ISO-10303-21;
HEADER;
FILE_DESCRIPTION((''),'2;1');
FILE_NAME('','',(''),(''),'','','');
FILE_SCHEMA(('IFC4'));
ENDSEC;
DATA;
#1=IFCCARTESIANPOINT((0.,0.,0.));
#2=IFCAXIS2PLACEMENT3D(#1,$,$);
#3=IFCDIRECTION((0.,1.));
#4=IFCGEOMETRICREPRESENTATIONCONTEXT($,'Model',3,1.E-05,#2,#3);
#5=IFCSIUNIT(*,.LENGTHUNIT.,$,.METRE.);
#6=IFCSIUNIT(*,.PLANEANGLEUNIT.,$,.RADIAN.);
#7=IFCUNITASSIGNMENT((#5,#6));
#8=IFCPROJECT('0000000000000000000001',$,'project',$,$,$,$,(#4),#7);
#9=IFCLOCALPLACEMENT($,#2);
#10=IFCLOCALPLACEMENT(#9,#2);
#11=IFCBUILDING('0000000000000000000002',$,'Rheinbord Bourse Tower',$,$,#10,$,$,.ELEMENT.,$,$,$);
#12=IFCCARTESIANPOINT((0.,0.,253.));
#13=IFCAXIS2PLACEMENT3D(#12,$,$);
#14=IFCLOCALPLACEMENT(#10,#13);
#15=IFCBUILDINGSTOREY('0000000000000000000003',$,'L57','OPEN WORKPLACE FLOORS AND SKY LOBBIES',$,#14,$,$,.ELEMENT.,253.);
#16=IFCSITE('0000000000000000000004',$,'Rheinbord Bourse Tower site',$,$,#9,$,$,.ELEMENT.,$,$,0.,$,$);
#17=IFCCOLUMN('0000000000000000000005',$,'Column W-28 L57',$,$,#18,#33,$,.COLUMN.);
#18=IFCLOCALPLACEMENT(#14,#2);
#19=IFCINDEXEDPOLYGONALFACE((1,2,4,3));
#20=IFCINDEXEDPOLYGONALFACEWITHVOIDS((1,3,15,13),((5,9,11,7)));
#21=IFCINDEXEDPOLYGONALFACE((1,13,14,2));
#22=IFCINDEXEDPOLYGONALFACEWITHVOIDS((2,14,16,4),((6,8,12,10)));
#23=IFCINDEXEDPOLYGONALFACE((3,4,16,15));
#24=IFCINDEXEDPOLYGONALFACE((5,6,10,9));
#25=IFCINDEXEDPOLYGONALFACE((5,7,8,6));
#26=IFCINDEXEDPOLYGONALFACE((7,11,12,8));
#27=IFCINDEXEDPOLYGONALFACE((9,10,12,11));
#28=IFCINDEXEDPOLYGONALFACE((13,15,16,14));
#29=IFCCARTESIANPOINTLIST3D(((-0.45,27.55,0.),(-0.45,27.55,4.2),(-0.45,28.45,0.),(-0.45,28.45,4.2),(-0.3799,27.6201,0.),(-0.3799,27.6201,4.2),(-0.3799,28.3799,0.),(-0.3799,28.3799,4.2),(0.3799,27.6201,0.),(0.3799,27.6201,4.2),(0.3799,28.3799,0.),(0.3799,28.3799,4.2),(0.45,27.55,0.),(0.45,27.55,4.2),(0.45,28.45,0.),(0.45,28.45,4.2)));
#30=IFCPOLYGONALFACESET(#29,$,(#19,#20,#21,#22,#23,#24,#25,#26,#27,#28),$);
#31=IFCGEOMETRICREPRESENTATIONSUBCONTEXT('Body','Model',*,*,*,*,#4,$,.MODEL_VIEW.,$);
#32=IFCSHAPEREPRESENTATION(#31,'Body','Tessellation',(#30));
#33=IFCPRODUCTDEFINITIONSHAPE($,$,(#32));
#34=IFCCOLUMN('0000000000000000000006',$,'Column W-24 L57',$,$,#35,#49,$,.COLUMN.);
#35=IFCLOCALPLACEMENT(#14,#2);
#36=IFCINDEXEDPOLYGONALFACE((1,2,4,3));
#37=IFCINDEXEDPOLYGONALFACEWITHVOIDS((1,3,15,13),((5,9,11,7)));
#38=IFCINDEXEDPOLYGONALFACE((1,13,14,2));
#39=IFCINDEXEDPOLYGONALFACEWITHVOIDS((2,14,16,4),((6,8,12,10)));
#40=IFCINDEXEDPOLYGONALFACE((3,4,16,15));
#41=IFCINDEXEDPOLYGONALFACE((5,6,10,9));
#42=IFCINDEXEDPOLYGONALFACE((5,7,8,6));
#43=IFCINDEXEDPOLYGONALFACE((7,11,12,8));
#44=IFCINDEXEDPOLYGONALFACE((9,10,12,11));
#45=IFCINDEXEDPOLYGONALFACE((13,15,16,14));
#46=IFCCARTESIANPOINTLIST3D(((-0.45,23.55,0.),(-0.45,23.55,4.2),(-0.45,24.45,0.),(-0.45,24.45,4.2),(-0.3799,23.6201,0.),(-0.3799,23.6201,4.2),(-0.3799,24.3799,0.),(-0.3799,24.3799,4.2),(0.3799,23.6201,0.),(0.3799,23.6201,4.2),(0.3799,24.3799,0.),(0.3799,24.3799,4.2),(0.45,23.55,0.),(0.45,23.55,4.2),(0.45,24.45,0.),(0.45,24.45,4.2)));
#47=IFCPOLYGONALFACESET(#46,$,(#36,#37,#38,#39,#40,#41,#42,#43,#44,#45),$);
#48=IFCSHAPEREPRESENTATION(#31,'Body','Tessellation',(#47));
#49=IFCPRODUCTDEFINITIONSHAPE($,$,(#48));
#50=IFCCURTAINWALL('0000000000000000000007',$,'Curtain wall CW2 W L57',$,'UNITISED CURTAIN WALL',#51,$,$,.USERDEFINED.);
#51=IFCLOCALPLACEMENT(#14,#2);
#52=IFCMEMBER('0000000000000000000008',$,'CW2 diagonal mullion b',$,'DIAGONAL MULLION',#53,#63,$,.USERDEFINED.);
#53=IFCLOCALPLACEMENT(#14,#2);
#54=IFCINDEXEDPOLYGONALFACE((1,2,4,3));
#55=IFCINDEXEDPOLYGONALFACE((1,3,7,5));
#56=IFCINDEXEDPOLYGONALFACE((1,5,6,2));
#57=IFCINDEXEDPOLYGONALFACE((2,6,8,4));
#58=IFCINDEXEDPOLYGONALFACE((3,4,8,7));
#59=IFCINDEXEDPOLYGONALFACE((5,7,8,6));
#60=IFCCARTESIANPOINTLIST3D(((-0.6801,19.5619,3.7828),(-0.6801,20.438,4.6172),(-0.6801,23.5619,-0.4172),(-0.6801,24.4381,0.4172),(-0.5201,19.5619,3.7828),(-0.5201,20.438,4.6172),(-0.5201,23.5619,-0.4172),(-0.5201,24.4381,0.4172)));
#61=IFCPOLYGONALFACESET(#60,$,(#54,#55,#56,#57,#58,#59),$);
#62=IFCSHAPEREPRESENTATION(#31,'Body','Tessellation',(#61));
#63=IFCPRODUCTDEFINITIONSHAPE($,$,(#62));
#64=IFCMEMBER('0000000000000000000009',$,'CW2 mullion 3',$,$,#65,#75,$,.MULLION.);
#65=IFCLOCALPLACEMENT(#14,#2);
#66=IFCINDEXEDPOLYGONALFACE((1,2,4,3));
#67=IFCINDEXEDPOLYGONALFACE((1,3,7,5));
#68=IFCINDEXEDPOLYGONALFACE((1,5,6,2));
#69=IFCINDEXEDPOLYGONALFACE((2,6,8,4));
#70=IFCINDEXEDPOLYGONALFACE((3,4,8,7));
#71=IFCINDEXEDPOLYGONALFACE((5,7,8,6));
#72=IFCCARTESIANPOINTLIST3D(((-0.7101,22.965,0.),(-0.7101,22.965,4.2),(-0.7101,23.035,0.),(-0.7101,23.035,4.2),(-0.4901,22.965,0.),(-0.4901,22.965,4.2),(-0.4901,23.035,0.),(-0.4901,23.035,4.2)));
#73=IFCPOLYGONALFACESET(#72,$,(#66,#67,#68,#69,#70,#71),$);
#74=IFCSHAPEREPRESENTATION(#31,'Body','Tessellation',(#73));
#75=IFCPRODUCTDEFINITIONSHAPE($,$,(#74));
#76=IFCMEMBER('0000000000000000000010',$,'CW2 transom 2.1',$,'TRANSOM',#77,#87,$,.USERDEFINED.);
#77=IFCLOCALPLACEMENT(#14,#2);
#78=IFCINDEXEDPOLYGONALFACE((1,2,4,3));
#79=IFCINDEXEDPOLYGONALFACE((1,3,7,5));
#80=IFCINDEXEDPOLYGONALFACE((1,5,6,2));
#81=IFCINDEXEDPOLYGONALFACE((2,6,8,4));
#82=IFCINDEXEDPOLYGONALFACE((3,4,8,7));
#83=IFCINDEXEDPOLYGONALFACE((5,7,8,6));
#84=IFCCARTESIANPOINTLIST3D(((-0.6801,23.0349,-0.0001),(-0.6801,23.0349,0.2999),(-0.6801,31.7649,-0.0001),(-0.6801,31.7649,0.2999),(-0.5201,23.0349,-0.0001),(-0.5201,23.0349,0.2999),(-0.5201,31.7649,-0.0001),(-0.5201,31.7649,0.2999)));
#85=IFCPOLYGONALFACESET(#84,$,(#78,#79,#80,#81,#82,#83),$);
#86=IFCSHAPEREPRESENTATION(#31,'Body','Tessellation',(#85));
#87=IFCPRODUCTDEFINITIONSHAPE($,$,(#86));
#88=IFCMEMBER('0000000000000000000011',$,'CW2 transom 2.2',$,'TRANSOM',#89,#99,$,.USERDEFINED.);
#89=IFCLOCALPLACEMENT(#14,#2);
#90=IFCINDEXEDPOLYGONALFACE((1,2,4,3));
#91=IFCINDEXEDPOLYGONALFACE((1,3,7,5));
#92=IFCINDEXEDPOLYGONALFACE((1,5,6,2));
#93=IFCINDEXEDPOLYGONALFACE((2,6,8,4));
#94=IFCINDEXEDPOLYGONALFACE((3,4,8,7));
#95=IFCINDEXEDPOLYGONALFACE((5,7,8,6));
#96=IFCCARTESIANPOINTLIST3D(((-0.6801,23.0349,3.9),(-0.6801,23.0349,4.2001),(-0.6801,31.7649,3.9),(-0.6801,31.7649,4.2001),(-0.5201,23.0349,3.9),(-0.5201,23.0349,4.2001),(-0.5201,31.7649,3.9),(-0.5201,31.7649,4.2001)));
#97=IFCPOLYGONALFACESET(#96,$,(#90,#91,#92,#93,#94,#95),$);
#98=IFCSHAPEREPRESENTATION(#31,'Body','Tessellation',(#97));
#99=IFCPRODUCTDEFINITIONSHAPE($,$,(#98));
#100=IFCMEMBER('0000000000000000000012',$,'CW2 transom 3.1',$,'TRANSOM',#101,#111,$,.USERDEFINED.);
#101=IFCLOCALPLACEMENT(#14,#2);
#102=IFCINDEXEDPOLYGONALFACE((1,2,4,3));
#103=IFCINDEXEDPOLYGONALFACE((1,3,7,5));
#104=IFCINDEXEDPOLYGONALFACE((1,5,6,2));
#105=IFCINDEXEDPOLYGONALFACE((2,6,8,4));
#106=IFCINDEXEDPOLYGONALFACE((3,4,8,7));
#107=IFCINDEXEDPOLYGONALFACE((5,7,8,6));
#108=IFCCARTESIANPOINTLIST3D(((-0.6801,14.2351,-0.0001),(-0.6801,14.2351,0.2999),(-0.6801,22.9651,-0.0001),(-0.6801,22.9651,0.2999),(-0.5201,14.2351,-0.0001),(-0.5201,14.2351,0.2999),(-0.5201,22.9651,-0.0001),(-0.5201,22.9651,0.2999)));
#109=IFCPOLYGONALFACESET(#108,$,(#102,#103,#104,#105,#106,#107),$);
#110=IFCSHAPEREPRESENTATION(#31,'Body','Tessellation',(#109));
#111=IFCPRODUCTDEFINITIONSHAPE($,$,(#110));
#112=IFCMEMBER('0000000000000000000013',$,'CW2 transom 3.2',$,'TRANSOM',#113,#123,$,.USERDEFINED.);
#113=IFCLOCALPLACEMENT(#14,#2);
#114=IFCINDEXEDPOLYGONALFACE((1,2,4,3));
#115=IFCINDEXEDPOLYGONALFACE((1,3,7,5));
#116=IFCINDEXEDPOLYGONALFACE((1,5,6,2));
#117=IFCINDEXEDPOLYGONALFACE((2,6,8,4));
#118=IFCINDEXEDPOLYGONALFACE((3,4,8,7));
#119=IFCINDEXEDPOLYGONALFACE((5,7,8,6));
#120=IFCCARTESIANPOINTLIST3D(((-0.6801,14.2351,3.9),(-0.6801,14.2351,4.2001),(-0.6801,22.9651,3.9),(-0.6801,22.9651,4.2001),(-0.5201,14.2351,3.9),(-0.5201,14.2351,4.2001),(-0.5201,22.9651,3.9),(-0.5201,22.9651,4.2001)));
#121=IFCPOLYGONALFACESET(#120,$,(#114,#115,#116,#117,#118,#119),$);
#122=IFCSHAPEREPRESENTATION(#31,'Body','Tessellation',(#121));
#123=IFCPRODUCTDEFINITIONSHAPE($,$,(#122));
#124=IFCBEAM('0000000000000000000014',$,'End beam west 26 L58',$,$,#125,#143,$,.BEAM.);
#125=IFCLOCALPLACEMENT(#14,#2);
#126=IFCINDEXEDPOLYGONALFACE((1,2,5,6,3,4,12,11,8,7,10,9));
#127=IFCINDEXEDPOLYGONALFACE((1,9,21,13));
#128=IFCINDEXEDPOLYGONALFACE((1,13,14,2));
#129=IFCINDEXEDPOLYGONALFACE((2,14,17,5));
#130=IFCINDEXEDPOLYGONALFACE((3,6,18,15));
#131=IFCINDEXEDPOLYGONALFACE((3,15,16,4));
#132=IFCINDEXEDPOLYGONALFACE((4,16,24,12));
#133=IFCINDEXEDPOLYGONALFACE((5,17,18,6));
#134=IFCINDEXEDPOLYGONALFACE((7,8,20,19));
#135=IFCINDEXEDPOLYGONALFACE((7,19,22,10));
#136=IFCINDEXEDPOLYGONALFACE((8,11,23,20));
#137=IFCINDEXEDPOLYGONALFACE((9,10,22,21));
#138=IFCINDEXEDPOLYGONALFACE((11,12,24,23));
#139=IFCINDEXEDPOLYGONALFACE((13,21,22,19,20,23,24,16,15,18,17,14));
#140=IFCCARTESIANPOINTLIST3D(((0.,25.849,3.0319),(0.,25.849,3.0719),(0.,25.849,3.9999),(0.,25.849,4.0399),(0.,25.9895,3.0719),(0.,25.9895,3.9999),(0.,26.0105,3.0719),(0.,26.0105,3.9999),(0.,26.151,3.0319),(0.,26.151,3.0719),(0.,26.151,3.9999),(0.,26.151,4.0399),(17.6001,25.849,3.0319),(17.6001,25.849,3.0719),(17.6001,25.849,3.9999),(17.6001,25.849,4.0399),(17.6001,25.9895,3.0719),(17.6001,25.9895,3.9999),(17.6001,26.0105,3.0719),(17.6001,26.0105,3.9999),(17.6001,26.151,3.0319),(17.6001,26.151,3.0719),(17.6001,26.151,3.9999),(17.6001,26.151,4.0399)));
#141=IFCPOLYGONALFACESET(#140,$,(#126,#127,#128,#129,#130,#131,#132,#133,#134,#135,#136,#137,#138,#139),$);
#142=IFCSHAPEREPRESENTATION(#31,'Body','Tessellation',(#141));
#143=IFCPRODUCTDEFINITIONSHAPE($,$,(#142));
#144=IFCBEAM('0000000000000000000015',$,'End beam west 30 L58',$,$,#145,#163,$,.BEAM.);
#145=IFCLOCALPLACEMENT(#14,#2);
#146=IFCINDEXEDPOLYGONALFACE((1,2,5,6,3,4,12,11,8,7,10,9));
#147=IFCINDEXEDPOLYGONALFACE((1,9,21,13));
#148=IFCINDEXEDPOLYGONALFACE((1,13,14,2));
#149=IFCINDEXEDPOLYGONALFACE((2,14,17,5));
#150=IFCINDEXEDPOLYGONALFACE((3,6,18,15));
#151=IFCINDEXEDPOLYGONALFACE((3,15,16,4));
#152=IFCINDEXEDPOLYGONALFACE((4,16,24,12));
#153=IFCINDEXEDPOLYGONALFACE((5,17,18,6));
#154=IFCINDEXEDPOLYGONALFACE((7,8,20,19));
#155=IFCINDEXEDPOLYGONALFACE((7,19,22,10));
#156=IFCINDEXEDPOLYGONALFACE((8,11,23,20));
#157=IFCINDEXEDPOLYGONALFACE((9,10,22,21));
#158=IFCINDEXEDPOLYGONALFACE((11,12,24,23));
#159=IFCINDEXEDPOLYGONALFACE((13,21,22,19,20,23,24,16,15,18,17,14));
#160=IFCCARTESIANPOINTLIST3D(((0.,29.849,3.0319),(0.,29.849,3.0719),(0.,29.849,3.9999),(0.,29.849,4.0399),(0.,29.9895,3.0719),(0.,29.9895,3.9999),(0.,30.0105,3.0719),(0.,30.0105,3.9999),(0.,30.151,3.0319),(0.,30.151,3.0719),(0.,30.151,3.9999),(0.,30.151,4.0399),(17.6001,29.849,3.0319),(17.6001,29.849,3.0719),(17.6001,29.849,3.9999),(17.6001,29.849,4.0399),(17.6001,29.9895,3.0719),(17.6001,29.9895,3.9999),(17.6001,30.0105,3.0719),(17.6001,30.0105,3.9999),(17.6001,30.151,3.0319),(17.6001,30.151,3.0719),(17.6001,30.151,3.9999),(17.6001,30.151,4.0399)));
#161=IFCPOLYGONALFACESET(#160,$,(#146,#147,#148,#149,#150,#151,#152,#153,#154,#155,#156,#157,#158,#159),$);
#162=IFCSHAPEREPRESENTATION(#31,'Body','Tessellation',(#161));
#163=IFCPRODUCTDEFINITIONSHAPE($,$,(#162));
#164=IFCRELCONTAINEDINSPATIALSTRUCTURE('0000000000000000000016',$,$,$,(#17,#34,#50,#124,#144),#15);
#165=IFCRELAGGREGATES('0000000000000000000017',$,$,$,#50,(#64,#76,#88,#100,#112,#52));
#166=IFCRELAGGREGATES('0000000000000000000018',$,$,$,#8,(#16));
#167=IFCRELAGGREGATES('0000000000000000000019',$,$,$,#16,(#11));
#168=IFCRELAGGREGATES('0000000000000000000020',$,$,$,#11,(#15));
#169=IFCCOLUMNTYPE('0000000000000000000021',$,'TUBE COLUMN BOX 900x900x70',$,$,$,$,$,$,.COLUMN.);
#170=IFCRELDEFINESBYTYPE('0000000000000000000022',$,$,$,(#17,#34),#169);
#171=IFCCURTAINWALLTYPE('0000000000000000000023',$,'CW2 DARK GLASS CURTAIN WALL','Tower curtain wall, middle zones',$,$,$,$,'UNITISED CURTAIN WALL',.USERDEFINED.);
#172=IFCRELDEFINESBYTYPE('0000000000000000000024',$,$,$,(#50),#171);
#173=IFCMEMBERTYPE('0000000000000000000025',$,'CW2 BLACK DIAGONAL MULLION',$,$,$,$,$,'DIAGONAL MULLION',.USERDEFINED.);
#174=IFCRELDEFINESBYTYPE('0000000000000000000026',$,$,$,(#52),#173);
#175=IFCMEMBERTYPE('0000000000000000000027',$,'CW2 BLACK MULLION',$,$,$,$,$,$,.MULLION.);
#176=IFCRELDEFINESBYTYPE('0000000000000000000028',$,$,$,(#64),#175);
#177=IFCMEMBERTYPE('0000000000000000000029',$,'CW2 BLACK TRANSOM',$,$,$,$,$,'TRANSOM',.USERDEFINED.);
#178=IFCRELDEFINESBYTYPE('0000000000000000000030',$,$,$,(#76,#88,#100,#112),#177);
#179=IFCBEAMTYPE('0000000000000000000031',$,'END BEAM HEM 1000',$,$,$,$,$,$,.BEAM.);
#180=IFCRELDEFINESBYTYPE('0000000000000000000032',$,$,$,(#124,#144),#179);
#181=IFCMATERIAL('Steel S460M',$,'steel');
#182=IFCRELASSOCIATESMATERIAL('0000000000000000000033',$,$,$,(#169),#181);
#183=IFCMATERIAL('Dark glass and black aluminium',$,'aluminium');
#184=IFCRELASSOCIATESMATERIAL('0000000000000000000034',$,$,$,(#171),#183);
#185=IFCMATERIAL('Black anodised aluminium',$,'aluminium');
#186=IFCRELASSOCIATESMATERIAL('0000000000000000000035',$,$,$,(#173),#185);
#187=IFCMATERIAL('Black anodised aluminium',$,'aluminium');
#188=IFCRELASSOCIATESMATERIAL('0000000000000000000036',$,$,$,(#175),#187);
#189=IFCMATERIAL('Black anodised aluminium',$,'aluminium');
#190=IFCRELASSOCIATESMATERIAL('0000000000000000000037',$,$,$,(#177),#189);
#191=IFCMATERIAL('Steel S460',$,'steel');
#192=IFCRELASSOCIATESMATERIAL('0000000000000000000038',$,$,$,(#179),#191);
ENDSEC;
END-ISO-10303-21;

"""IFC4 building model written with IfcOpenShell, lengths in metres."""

from ifc_helpers import new_model, si_unit, direction, frame, origin, origin_2d, place, context, subcontext, project, spatial, rectangle, hollow_rectangle, i_section, extrude, material, material_profile, profile_set, type_object, element, aggregate, save


model = new_model("IFC4")

# Units and contexts
model_context = context("Model", 3, precision=1e-05, world=origin(), true_north=direction((0.0, 1.0)))
body_context = subcontext(model_context, "Body", "Model", "MODEL_VIEW")
ifc_project = project(units=[si_unit("LENGTHUNIT", "METRE"), si_unit("PLANEANGLEUNIT", "RADIAN")], contexts=[model_context])

# Site, building, storey
site_placement = place(None, origin())
site = spatial("IfcSite", under=ifc_project, at=site_placement, Name="Rheinbord Bourse Tower site", CompositionType="ELEMENT", RefElevation=0.0)
building_placement = place(site_placement, origin())
building = spatial("IfcBuilding", under=site, at=building_placement, Name="Rheinbord Bourse Tower", CompositionType="ELEMENT")
storey_placement = place(building_placement, frame((0.0, 0.0, 253.0)))
storey = spatial("IfcBuildingStorey", under=building, at=storey_placement, Name="L57", Description="OPEN WORKPLACE FLOORS AND SKY LOBBIES", CompositionType="ELEMENT", Elevation=253.0)

# Columns
ifc_material_1 = material(Name="Steel S460M", Category="steel")
ifc_material_profile_1 = material_profile(ifc_material_1, hollow_rectangle(XDim=0.8999, YDim=0.8999, WallThickness=0.0701, at=origin_2d()), Name="BOX 900x900x70")
ifc_profile_set_1 = profile_set([ifc_material_profile_1], Name="Steel S460M")
column_type = type_object("IfcColumnType", Name="TUBE COLUMN BOX 900x900x70", PredefinedType="COLUMN", material=ifc_profile_set_1)
for number, where, z_axis, x_axis, name in (
    (1, (0.0, 28.0, 0.0), (0.0, 0.0, 1.0), (1.0, 0.0, 0.0), "Column W-28 L57"),
    (2, (0.0, 24.0, 0.0), (0.0, 0.0, 1.0), (1.0, 0.0, 0.0), "Column W-24 L57"),
):
    element("IfcColumn", number, at=place(storey_placement, frame(where, z_axis=z_axis, x_axis=x_axis)), inside=storey, type_object=column_type, Name=name, PredefinedType="COLUMN", context=body_context, shape_type="SweptSolid", body=[
        extrude(hollow_rectangle(XDim=0.8999, YDim=0.8999, WallThickness=0.0701, at=origin_2d()), origin(), (0.0, 0.0, 1.0), 4.2),
    ])

# Curtain wall, members
ifc_material_2 = material(Name="Dark glass and black aluminium", Category="aluminium")
curtain_wall_type = type_object("IfcCurtainWallType", Name="CW2 DARK GLASS CURTAIN WALL", Description="Tower curtain wall, middle zones", ElementType="UNITISED CURTAIN WALL", PredefinedType="USERDEFINED", material=ifc_material_2)
curtain_wall_placement = place(storey_placement, origin())
curtain_wall = element("IfcCurtainWall", 3, at=curtain_wall_placement, inside=storey, type_object=curtain_wall_type, Name="Curtain wall CW2 W L57", ObjectType="UNITISED CURTAIN WALL", PredefinedType="USERDEFINED")
ifc_material_3 = material(Name="Black anodised aluminium", Category="aluminium")
ifc_material_profile_2 = material_profile(ifc_material_3, rectangle(XDim=0.1599, YDim=1.21, at=origin_2d()), Name="CW2 DIAGONAL MULLION 1210x160")
ifc_profile_set_2 = profile_set([ifc_material_profile_2], Name="Black anodised aluminium")
member_type_1 = type_object("IfcMemberType", Name="CW2 BLACK DIAGONAL MULLION", ElementType="DIAGONAL MULLION", PredefinedType="USERDEFINED", material=ifc_profile_set_2)
member_1_placement = place(storey_placement, frame((-0.6001, 24.0, 0.0), z_axis=(0.0, -0.689659, 0.724134), x_axis=(1.0, 0.0, 0.0)))
member_1 = element("IfcMember", 4, at=member_1_placement, type_object=member_type_1, Name="CW2 diagonal mullion b", ObjectType="DIAGONAL MULLION", PredefinedType="USERDEFINED", context=body_context, shape_type="SweptSolid", body=[
    extrude(rectangle(XDim=0.1599, YDim=1.21, at=origin_2d()), origin(), (0.0, 0.0, 1.0), 5.8),
])
ifc_material_4 = material(Name="Black anodised aluminium", Category="aluminium")
ifc_material_profile_3 = material_profile(ifc_material_4, rectangle(XDim=0.22, YDim=0.0701, at=origin_2d()), Name="CW2 MULLION 70x220")
ifc_profile_set_3 = profile_set([ifc_material_profile_3], Name="Black anodised aluminium")
member_type_2 = type_object("IfcMemberType", Name="CW2 BLACK MULLION", PredefinedType="MULLION", material=ifc_profile_set_3)
member_2_placement = place(storey_placement, frame((-0.6001, 23.0, 0.0), z_axis=(0.0, 0.0, 1.0), x_axis=(1.0, 0.0, 0.0)))
member_2 = element("IfcMember", 5, at=member_2_placement, type_object=member_type_2, Name="CW2 mullion 3", PredefinedType="MULLION", context=body_context, shape_type="SweptSolid", body=[
    extrude(rectangle(XDim=0.22, YDim=0.0701, at=origin_2d()), origin(), (0.0, 0.0, 1.0), 4.2),
])
ifc_material_5 = material(Name="Black anodised aluminium", Category="aluminium")
ifc_material_profile_4 = material_profile(ifc_material_5, rectangle(XDim=0.1599, YDim=0.3, at=origin_2d()), Name="CW2 TRANSOM 300x160")
ifc_profile_set_4 = profile_set([ifc_material_profile_4], Name="Black anodised aluminium")
member_type_3 = type_object("IfcMemberType", Name="CW2 BLACK TRANSOM", ElementType="TRANSOM", PredefinedType="USERDEFINED", material=ifc_profile_set_4)
member_3_placement = place(storey_placement, frame((-0.6001, 31.7649, 0.1499), z_axis=(0.0, -1.0, 0.0), x_axis=(1.0, 0.0, 0.0)))
member_3 = element("IfcMember", 6, at=member_3_placement, type_object=member_type_3, Name="CW2 transom 2.1", ObjectType="TRANSOM", PredefinedType="USERDEFINED", context=body_context, shape_type="SweptSolid", body=[
    extrude(rectangle(XDim=0.1599, YDim=0.3, at=origin_2d()), origin(), (0.0, 0.0, 1.0), 8.73),
])
member_4_placement = place(storey_placement, frame((-0.6001, 31.7649, 4.05), z_axis=(0.0, -1.0, 0.0), x_axis=(1.0, 0.0, 0.0)))
member_4 = element("IfcMember", 7, at=member_4_placement, type_object=member_type_3, Name="CW2 transom 2.2", ObjectType="TRANSOM", PredefinedType="USERDEFINED", context=body_context, shape_type="SweptSolid", body=[
    extrude(rectangle(XDim=0.1599, YDim=0.3, at=origin_2d()), origin(), (0.0, 0.0, 1.0), 8.73),
])
member_5_placement = place(storey_placement, frame((-0.6001, 22.9651, 0.1499), z_axis=(0.0, -1.0, 0.0), x_axis=(1.0, 0.0, 0.0)))
member_5 = element("IfcMember", 8, at=member_5_placement, type_object=member_type_3, Name="CW2 transom 3.1", ObjectType="TRANSOM", PredefinedType="USERDEFINED", context=body_context, shape_type="SweptSolid", body=[
    extrude(rectangle(XDim=0.1599, YDim=0.3, at=origin_2d()), origin(), (0.0, 0.0, 1.0), 8.73),
])
member_6_placement = place(storey_placement, frame((-0.6001, 22.9651, 4.05), z_axis=(0.0, -1.0, 0.0), x_axis=(1.0, 0.0, 0.0)))
member_6 = element("IfcMember", 9, at=member_6_placement, type_object=member_type_3, Name="CW2 transom 3.2", ObjectType="TRANSOM", PredefinedType="USERDEFINED", context=body_context, shape_type="SweptSolid", body=[
    extrude(rectangle(XDim=0.1599, YDim=0.3, at=origin_2d()), origin(), (0.0, 0.0, 1.0), 8.73),
])

# Beams
ifc_material_6 = material(Name="Steel S460", Category="steel")
ifc_material_profile_5 = material_profile(ifc_material_6, i_section(OverallWidth=0.302, OverallDepth=1.0081, WebThickness=0.021, FlangeThickness=0.04, at=origin_2d()), Name="HEM 1000")
ifc_profile_set_5 = profile_set([ifc_material_profile_5], Name="Steel S460")
beam_type_1 = type_object("IfcBeamType", Name="END BEAM HEM 1000", PredefinedType="BEAM", material=ifc_profile_set_5)
for number, where, z_axis, x_axis, name in (
    (10, (0.0, 26.0, 3.5359), (1.0, 0.0, 0.0), (0.0, 1.0, 0.0), "End beam west 26 L58"),
    (11, (0.0, 30.0, 3.5359), (1.0, 0.0, 0.0), (0.0, 1.0, 0.0), "End beam west 30 L58"),
):
    element("IfcBeam", number, at=place(storey_placement, frame(where, z_axis=z_axis, x_axis=x_axis)), inside=storey, type_object=beam_type_1, Name=name, PredefinedType="BEAM", context=body_context, shape_type="SweptSolid", body=[
        extrude(i_section(OverallWidth=0.302, OverallDepth=1.0081, WebThickness=0.021, FlangeThickness=0.04, at=origin_2d()), origin(), (0.0, 0.0, 1.0), 17.6001),
    ])

aggregate(curtain_wall, [member_2, member_3, member_4, member_5, member_6, member_1])

save(model, "model.ifc")
